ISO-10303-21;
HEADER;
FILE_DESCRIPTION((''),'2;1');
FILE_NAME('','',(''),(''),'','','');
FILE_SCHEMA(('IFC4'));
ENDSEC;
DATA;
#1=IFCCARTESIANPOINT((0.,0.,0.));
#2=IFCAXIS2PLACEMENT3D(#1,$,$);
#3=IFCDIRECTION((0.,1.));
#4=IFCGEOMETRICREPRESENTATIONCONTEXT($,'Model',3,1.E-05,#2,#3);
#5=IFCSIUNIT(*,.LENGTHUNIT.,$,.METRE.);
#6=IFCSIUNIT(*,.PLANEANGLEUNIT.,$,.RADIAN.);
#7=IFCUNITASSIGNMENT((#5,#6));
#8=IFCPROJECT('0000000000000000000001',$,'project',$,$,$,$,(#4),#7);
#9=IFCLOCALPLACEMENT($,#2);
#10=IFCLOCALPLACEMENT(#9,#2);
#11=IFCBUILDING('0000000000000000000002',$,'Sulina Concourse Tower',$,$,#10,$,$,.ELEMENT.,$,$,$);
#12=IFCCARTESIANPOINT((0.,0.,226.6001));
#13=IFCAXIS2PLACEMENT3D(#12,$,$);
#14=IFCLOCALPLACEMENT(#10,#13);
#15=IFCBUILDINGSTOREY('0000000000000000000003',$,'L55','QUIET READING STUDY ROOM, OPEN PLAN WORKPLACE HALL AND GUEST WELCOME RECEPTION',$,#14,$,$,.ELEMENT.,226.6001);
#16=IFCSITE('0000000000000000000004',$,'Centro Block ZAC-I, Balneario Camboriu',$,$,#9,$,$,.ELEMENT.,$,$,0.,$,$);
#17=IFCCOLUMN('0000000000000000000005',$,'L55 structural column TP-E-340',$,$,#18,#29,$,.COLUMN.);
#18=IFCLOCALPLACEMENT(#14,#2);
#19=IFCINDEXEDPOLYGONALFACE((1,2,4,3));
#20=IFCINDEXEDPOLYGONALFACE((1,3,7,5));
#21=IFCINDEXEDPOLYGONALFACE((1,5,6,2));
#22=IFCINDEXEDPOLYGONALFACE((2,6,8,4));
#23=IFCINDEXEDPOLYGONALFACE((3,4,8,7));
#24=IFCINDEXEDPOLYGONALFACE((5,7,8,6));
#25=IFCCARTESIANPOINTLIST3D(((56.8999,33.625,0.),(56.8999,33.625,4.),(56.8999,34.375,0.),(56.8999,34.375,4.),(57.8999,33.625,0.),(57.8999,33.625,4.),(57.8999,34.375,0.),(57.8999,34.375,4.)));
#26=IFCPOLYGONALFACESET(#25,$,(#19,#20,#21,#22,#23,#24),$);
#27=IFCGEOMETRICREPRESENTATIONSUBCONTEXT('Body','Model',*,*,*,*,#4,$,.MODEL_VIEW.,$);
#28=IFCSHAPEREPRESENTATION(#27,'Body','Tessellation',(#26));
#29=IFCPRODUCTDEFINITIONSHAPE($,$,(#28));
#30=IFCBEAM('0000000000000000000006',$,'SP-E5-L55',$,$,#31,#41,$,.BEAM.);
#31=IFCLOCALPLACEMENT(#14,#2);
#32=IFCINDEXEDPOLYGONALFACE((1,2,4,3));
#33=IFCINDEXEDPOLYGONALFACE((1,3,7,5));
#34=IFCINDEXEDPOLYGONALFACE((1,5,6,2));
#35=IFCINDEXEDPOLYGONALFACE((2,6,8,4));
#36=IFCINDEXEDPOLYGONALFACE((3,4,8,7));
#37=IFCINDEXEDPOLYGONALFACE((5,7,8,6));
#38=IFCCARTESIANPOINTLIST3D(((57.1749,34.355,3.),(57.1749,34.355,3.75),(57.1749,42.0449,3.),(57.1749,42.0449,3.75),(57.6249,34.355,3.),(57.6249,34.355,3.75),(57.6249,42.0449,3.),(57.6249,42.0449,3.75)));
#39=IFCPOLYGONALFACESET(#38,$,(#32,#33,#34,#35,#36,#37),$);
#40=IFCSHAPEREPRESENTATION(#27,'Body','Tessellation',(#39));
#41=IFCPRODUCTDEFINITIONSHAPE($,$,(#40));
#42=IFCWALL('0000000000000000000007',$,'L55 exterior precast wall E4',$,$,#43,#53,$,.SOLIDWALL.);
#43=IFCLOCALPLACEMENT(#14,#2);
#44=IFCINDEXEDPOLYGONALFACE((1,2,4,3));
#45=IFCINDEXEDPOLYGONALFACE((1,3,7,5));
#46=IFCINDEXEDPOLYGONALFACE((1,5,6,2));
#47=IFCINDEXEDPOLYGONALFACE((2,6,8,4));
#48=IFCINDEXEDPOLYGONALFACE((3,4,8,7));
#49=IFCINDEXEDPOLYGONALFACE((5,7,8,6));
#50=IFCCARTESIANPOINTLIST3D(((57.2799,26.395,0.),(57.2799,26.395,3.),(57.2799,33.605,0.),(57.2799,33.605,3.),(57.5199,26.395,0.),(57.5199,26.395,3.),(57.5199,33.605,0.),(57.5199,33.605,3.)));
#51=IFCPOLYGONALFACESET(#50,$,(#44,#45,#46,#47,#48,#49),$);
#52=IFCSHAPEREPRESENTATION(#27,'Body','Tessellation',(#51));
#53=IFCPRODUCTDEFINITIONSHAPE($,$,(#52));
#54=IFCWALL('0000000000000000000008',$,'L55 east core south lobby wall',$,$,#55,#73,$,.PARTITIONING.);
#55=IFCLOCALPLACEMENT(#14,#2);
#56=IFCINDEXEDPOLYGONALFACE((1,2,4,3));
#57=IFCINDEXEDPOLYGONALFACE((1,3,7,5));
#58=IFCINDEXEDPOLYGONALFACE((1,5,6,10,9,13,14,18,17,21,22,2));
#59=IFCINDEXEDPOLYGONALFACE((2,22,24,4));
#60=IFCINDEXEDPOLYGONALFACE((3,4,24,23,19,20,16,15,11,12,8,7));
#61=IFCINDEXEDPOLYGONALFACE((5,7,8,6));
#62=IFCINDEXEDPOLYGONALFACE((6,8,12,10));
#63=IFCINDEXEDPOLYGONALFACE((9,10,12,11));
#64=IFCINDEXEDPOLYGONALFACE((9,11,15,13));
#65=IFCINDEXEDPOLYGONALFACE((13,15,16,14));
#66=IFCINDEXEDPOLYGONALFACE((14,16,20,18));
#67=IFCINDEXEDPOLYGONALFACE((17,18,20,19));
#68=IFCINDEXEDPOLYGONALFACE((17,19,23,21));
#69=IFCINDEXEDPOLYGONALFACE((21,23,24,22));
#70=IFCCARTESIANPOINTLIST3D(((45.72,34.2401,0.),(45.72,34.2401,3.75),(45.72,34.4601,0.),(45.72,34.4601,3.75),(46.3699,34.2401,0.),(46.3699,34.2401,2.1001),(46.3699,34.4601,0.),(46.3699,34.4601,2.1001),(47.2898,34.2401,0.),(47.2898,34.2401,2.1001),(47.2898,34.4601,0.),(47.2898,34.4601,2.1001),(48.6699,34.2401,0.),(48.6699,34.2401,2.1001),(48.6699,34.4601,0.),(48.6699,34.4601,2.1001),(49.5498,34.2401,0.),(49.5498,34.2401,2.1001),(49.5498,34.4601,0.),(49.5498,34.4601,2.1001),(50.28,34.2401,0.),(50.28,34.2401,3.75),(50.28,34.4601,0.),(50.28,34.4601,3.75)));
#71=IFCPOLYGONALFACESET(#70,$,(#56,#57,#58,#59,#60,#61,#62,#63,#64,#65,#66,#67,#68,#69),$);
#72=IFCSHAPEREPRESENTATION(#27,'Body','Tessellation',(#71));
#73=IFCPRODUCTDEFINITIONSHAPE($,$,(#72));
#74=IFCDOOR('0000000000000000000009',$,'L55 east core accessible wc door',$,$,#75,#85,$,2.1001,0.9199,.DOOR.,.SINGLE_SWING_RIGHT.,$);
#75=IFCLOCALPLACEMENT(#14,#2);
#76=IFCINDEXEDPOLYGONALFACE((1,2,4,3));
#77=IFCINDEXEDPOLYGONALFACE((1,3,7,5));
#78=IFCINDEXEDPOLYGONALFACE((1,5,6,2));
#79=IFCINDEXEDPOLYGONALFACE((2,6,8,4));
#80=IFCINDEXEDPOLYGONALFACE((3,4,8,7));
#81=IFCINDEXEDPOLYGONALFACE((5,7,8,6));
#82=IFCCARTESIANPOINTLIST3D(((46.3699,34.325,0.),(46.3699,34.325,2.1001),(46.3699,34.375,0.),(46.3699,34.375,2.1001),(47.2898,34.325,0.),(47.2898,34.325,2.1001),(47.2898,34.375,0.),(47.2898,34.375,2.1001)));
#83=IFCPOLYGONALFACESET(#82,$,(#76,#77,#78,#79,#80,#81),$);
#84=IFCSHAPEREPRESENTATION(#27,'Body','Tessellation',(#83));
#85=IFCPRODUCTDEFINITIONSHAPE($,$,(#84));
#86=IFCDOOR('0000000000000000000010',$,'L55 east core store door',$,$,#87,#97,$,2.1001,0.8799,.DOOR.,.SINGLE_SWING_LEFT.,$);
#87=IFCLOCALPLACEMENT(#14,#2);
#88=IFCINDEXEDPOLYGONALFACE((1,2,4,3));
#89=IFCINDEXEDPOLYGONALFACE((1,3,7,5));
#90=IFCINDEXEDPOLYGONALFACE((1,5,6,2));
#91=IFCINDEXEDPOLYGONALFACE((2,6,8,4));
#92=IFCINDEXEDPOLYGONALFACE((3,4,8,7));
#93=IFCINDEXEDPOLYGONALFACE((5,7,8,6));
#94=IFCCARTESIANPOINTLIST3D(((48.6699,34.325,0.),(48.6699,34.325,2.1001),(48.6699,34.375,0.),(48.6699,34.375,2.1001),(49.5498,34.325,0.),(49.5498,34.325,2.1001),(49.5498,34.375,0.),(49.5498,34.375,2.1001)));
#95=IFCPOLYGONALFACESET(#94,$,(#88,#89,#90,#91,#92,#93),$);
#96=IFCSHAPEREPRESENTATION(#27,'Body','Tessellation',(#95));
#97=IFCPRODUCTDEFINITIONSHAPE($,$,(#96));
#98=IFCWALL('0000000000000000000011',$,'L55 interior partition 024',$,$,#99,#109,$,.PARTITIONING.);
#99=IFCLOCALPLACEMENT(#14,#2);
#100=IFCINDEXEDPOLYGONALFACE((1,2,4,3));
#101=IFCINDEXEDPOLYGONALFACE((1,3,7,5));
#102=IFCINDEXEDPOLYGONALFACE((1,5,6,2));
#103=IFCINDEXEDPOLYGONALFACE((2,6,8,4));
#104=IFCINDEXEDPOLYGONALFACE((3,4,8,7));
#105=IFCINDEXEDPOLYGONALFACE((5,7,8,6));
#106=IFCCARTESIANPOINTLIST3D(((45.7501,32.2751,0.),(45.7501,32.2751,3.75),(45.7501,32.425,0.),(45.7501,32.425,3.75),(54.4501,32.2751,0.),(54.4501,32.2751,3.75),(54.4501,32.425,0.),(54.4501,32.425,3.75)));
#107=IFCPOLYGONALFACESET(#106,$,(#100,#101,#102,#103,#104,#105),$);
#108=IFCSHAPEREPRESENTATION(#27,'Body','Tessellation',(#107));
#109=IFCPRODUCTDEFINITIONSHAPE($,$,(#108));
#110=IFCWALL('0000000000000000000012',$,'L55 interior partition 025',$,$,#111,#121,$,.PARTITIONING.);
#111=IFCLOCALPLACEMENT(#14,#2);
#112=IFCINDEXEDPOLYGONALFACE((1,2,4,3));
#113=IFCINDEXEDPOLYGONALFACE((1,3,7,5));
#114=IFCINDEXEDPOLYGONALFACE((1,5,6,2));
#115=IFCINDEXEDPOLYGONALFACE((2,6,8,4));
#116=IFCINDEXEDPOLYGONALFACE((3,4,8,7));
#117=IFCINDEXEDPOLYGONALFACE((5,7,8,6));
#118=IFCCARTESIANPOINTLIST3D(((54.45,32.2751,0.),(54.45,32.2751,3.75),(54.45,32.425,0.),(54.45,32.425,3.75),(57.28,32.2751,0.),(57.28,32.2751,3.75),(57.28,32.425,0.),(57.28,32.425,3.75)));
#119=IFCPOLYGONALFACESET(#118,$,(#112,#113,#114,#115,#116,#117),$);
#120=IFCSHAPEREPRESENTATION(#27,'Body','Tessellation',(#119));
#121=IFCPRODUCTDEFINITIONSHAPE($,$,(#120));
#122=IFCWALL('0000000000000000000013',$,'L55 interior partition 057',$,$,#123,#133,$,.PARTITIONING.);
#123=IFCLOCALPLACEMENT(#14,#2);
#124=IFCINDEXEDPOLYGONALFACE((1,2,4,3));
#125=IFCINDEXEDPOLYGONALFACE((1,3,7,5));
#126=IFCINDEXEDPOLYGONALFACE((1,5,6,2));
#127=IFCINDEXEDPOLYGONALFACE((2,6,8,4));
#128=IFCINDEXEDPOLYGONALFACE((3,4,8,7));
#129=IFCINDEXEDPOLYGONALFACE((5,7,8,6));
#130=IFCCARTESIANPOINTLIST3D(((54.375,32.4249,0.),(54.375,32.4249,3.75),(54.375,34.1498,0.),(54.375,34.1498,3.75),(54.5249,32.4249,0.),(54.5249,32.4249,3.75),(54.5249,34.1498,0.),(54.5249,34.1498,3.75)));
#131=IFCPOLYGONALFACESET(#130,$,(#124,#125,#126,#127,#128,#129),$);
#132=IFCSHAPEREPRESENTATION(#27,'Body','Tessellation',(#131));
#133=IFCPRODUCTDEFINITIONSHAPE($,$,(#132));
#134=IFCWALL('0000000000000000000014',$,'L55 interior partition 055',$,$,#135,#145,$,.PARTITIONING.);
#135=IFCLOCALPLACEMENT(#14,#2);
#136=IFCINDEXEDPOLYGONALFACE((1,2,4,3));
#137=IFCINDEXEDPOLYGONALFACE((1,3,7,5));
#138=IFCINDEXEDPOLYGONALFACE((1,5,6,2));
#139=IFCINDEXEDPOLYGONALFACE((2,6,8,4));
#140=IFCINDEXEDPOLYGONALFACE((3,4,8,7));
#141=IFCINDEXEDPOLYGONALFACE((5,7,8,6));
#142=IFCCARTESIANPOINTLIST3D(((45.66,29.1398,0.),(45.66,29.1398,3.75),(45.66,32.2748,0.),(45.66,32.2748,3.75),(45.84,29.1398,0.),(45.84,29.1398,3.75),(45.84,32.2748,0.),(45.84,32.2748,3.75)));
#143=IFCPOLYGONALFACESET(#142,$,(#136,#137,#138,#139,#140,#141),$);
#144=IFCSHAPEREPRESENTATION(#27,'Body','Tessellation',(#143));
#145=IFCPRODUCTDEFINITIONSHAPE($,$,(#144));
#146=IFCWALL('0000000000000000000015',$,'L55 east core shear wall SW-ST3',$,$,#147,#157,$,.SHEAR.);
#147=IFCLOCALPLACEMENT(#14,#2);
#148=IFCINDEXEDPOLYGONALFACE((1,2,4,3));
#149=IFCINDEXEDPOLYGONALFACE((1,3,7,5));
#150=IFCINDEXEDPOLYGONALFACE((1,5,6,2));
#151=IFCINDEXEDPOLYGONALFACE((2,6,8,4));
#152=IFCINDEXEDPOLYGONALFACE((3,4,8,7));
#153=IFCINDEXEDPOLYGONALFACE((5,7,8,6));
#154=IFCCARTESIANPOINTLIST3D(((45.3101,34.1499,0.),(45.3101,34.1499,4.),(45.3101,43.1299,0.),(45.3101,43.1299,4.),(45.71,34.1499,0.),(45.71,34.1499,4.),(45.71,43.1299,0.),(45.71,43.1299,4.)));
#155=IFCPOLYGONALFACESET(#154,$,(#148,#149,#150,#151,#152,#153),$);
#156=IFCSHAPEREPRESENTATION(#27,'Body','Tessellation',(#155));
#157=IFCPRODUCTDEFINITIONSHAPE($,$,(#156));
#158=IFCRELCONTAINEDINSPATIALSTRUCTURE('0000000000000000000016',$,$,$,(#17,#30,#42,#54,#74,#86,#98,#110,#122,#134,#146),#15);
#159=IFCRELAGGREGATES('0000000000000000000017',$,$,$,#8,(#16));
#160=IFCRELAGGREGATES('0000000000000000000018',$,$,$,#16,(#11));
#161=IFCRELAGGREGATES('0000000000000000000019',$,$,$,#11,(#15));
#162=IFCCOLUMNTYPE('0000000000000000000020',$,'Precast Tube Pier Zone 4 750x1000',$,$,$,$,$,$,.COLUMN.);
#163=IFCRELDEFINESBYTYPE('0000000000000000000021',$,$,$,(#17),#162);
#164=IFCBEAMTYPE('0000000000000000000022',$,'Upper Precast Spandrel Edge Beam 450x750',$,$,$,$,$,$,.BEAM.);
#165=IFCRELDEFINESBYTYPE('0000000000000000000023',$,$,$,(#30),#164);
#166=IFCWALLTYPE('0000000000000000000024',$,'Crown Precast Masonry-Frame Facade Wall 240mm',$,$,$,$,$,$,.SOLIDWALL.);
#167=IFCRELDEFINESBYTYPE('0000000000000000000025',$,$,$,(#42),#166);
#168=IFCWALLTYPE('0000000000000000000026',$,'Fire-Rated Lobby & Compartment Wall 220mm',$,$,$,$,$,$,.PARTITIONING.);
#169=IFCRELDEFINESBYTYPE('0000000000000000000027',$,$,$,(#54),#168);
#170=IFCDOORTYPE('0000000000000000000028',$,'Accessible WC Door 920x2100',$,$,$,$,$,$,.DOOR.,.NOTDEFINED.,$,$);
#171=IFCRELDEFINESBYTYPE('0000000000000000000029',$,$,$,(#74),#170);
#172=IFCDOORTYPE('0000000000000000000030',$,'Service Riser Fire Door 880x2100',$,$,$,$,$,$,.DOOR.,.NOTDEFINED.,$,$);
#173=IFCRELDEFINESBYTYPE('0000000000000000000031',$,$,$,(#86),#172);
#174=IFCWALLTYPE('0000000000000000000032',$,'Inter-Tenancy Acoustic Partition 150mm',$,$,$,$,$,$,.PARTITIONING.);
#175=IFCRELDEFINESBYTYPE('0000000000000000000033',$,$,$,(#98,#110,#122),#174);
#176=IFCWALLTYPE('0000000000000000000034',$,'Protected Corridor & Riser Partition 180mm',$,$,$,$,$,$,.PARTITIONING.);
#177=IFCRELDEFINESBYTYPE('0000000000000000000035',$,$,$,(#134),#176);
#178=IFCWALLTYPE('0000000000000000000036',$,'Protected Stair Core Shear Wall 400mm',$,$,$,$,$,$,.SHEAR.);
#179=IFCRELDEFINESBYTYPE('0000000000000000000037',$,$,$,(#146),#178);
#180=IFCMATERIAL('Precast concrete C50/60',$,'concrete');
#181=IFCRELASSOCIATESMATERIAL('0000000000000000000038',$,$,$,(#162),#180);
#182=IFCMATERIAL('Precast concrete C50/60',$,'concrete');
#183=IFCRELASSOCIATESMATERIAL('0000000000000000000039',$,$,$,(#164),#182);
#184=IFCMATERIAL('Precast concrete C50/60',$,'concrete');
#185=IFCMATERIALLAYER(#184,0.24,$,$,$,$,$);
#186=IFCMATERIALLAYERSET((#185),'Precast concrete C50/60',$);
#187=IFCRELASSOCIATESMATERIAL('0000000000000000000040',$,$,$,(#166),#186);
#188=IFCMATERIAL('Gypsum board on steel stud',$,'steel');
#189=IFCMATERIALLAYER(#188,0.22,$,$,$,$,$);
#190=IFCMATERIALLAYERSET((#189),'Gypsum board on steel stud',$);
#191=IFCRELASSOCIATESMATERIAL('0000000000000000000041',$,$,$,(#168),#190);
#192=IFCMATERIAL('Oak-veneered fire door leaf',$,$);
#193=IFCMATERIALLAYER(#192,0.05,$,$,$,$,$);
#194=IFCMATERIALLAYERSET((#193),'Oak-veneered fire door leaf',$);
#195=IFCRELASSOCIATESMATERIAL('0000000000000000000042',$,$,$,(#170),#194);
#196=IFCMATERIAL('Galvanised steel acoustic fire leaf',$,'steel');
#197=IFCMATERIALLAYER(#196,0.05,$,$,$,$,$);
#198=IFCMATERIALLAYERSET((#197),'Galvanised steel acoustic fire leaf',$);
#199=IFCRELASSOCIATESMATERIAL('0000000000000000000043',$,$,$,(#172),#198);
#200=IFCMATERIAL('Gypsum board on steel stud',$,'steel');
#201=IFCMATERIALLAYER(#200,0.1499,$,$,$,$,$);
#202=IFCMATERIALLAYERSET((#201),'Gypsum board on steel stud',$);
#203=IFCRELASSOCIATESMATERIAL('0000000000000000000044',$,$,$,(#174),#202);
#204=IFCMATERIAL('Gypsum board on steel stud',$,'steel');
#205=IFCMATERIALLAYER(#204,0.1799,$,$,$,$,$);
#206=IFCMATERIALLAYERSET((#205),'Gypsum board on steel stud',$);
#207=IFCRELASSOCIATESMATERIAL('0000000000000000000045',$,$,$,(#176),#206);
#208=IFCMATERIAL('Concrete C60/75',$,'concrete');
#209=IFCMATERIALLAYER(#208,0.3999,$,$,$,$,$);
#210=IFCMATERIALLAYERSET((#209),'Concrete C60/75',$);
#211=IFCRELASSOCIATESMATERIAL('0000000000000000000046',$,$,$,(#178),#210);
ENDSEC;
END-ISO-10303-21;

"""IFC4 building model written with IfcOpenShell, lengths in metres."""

from ifc_helpers import new_model, si_unit, direction, frame, frame_2d, origin, origin_2d, place, context, subcontext, project, spatial, rectangle, extrude, material, layer, layer_set, material_profile, profile_set, type_object, element, fill, save


model = new_model("IFC4")

# Units and contexts
model_context = context("Model", 3, precision=1e-05, world=origin(), true_north=direction((0.0, 1.0)))
body_context = subcontext(model_context, "Body", "Model", "MODEL_VIEW")
ifc_project = project(units=[si_unit("LENGTHUNIT", "METRE"), si_unit("PLANEANGLEUNIT", "RADIAN")], contexts=[model_context])

# Site, building, storey
site_placement = place(None, origin())
site = spatial("IfcSite", under=ifc_project, at=site_placement, Name="Centro Block ZAC-I, Balneario Camboriu", CompositionType="ELEMENT", RefElevation=0.0)
building_placement = place(site_placement, origin())
building = spatial("IfcBuilding", under=site, at=building_placement, Name="Sulina Concourse Tower", CompositionType="ELEMENT")
storey_placement = place(building_placement, frame((0.0, 0.0, 226.6001)))
storey = spatial("IfcBuildingStorey", under=building, at=storey_placement, Name="L55", Description="QUIET READING STUDY ROOM, OPEN PLAN WORKPLACE HALL AND GUEST WELCOME RECEPTION", CompositionType="ELEMENT", Elevation=226.6001)

# Column
ifc_material_1 = material(Name="Precast concrete C50/60", Category="concrete")
ifc_material_profile_1 = material_profile(ifc_material_1, rectangle(XDim=0.75, YDim=1.0, at=origin_2d()), Name="PC 750x1000")
ifc_profile_set_1 = profile_set([ifc_material_profile_1], Name="Precast concrete C50/60")
column_type = type_object("IfcColumnType", Name="Precast Tube Pier Zone 4 750x1000", PredefinedType="COLUMN", material=ifc_profile_set_1)
column_placement = place(storey_placement, frame((57.3999, 34.0, 0.0), z_axis=(0.0, 0.0, 1.0), x_axis=(0.0, 1.0, 0.0)))
element("IfcColumn", 1, at=column_placement, inside=storey, type_object=column_type, Name="L55 structural column TP-E-340", PredefinedType="COLUMN", context=body_context, shape_type="SweptSolid", body=[
    extrude(rectangle(XDim=0.75, YDim=1.0, at=origin_2d()), origin(), (0.0, 0.0, 1.0), 4.0),
])

# Beam
ifc_material_2 = material(Name="Precast concrete C50/60", Category="concrete")
ifc_material_profile_2 = material_profile(ifc_material_2, rectangle(XDim=0.45, YDim=0.75, at=origin_2d()), Name="RC 450x750")
ifc_profile_set_2 = profile_set([ifc_material_profile_2], Name="Precast concrete C50/60")
beam_type = type_object("IfcBeamType", Name="Upper Precast Spandrel Edge Beam 450x750", PredefinedType="BEAM", material=ifc_profile_set_2)
beam_placement = place(storey_placement, frame((57.3999, 34.355, 3.375), z_axis=(0.0, 1.0, 0.0), x_axis=(-1.0, 0.0, 0.0)))
element("IfcBeam", 2, at=beam_placement, inside=storey, type_object=beam_type, Name="SP-E5-L55", PredefinedType="BEAM", context=body_context, shape_type="SweptSolid", body=[
    extrude(rectangle(XDim=0.45, YDim=0.75, at=origin_2d()), origin(), (0.0, 0.0, 1.0), 7.6899),
])

# Wall
ifc_material_3 = material(Name="Precast concrete C50/60", Category="concrete")
ifc_layer_1 = layer(ifc_material_3, 0.24)
ifc_layer_set_1 = layer_set([ifc_layer_1], Name="Precast concrete C50/60")
wall_type_1 = type_object("IfcWallType", Name="Crown Precast Masonry-Frame Facade Wall 240mm", PredefinedType="SOLIDWALL", material=ifc_layer_set_1)
wall_1_placement = place(storey_placement, frame((57.3999, 33.605, 0.0), z_axis=(0.0, 0.0, 1.0), x_axis=(0.0, -1.0, 0.0)))
element("IfcWall", 3, at=wall_1_placement, inside=storey, type_object=wall_type_1, Name="L55 exterior precast wall E4", PredefinedType="SOLIDWALL", context=body_context, shape_type="SweptSolid", body=[
    extrude(rectangle(XDim=7.21, YDim=0.24, at=frame_2d((3.605, 0.0))), origin(), (0.0, 0.0, 1.0), 3.0),
])

# Wall, openings, doors
ifc_material_4 = material(Name="Gypsum board on steel stud", Category="steel")
ifc_layer_2 = layer(ifc_material_4, 0.22)
ifc_layer_set_2 = layer_set([ifc_layer_2], Name="Gypsum board on steel stud")
wall_type_2 = type_object("IfcWallType", Name="Fire-Rated Lobby & Compartment Wall 220mm", PredefinedType="PARTITIONING", material=ifc_layer_set_2)
wall_2_placement = place(storey_placement, frame((45.72, 34.3501, 0.0), z_axis=(0.0, 0.0, 1.0), x_axis=(1.0, 0.0, 0.0)))
wall_2 = element("IfcWall", 4, at=wall_2_placement, inside=storey, type_object=wall_type_2, Name="L55 east core south lobby wall", PredefinedType="PARTITIONING", context=body_context, shape_type="SweptSolid", body=[
    extrude(rectangle(XDim=4.5601, YDim=0.22, at=frame_2d((2.28, 0.0))), origin(), (0.0, 0.0, 1.0), 3.75),
])
opening_1_placement = place(wall_2_placement, frame((0.6499, 0.0, 0.0)))
opening_1 = element("IfcOpeningElement", 5, at=opening_1_placement, cuts=wall_2, PredefinedType="OPENING", context=body_context, shape_type="SweptSolid", body=[
    extrude(rectangle(XDim=0.9199, YDim=2.1001, at=frame_2d((0.46, 1.05))), frame((0.0, 0.1199, 0.0), z_axis=(0.0, -1.0, 0.0), x_axis=(1.0, 0.0, 0.0)), (0.0, 0.0, 1.0), 0.24),
])
opening_2_placement = place(wall_2_placement, frame((2.95, 0.0, 0.0)))
opening_2 = element("IfcOpeningElement", 6, at=opening_2_placement, cuts=wall_2, PredefinedType="OPENING", context=body_context, shape_type="SweptSolid", body=[
    extrude(rectangle(XDim=0.8799, YDim=2.1001, at=frame_2d((0.4399, 1.05))), frame((0.0, 0.1199, 0.0), z_axis=(0.0, -1.0, 0.0), x_axis=(1.0, 0.0, 0.0)), (0.0, 0.0, 1.0), 0.24),
])
ifc_material_5 = material(Name="Oak-veneered fire door leaf")
ifc_layer_3 = layer(ifc_material_5, 0.05)
ifc_layer_set_3 = layer_set([ifc_layer_3], Name="Oak-veneered fire door leaf")
door_type_1 = type_object("IfcDoorType", Name="Accessible WC Door 920x2100", OperationType="NOTDEFINED", PredefinedType="DOOR", material=ifc_layer_set_3)
door_1_placement = place(opening_1_placement, origin())
door_1 = element("IfcDoor", 7, at=door_1_placement, inside=storey, type_object=door_type_1, Name="L55 east core accessible wc door", OperationType="SINGLE_SWING_RIGHT", OverallHeight=2.1001, OverallWidth=0.9199, PredefinedType="DOOR", context=body_context, shape_type="SweptSolid", body=[
    extrude(rectangle(XDim=0.9199, YDim=2.1001, at=frame_2d((0.46, 1.05))), frame((0.0, 0.0249, 0.0), z_axis=(0.0, -1.0, 0.0), x_axis=(1.0, 0.0, 0.0)), (0.0, 0.0, 1.0), 0.05),
])
fill(opening_1, door_1)
ifc_material_6 = material(Name="Galvanised steel acoustic fire leaf", Category="steel")
ifc_layer_4 = layer(ifc_material_6, 0.05)
ifc_layer_set_4 = layer_set([ifc_layer_4], Name="Galvanised steel acoustic fire leaf")
door_type_2 = type_object("IfcDoorType", Name="Service Riser Fire Door 880x2100", OperationType="NOTDEFINED", PredefinedType="DOOR", material=ifc_layer_set_4)
door_2_placement = place(opening_2_placement, origin())
door_2 = element("IfcDoor", 8, at=door_2_placement, inside=storey, type_object=door_type_2, Name="L55 east core store door", OperationType="SINGLE_SWING_LEFT", OverallHeight=2.1001, OverallWidth=0.8799, PredefinedType="DOOR", context=body_context, shape_type="SweptSolid", body=[
    extrude(rectangle(XDim=0.8799, YDim=2.1001, at=frame_2d((0.4399, 1.05))), frame((0.0, 0.0249, 0.0), z_axis=(0.0, -1.0, 0.0), x_axis=(1.0, 0.0, 0.0)), (0.0, 0.0, 1.0), 0.05),
])
fill(opening_2, door_2)

# Walls
ifc_material_7 = material(Name="Gypsum board on steel stud", Category="steel")
ifc_layer_5 = layer(ifc_material_7, 0.1499)
ifc_layer_set_5 = layer_set([ifc_layer_5], Name="Gypsum board on steel stud")
wall_type_3 = type_object("IfcWallType", Name="Inter-Tenancy Acoustic Partition 150mm", PredefinedType="PARTITIONING", material=ifc_layer_set_5)
wall_3_placement = place(storey_placement, frame((45.75, 32.3501, 0.0), z_axis=(0.0, 0.0, 1.0), x_axis=(1.0, 0.0, 0.0)))
element("IfcWall", 9, at=wall_3_placement, inside=storey, type_object=wall_type_3, Name="L55 interior partition 024", PredefinedType="PARTITIONING", context=body_context, shape_type="SweptSolid", body=[
    extrude(rectangle(XDim=8.7, YDim=0.1499, at=frame_2d((4.3501, 0.0))), origin(), (0.0, 0.0, 1.0), 3.75),
])
wall_4_placement = place(storey_placement, frame((54.45, 32.3501, 0.0), z_axis=(0.0, 0.0, 1.0), x_axis=(1.0, 0.0, 0.0)))
element("IfcWall", 10, at=wall_4_placement, inside=storey, type_object=wall_type_3, Name="L55 interior partition 025", PredefinedType="PARTITIONING", context=body_context, shape_type="SweptSolid", body=[
    extrude(rectangle(XDim=2.8301, YDim=0.1499, at=frame_2d((1.415, 0.0))), origin(), (0.0, 0.0, 1.0), 3.75),
])
wall_5_placement = place(storey_placement, frame((54.45, 32.425, 0.0), z_axis=(0.0, 0.0, 1.0), x_axis=(0.0, 1.0, 0.0)))
element("IfcWall", 11, at=wall_5_placement, inside=storey, type_object=wall_type_3, Name="L55 interior partition 057", PredefinedType="PARTITIONING", context=body_context, shape_type="SweptSolid", body=[
    extrude(rectangle(XDim=1.7249, YDim=0.1499, at=frame_2d((0.8623, 0.0))), origin(), (0.0, 0.0, 1.0), 3.75),
])
ifc_material_8 = material(Name="Gypsum board on steel stud", Category="steel")
ifc_layer_6 = layer(ifc_material_8, 0.1799)
ifc_layer_set_6 = layer_set([ifc_layer_6], Name="Gypsum board on steel stud")
wall_type_4 = type_object("IfcWallType", Name="Protected Corridor & Riser Partition 180mm", PredefinedType="PARTITIONING", material=ifc_layer_set_6)
wall_6_placement = place(storey_placement, frame((45.75, 29.1399, 0.0), z_axis=(0.0, 0.0, 1.0), x_axis=(0.0, 1.0, 0.0)))
element("IfcWall", 12, at=wall_6_placement, inside=storey, type_object=wall_type_4, Name="L55 interior partition 055", PredefinedType="PARTITIONING", context=body_context, shape_type="SweptSolid", body=[
    extrude(rectangle(XDim=3.135, YDim=0.1799, at=frame_2d((1.5674, 0.0))), origin(), (0.0, 0.0, 1.0), 3.75),
])
ifc_material_9 = material(Name="Concrete C60/75", Category="concrete")
ifc_layer_7 = layer(ifc_material_9, 0.3999)
ifc_layer_set_7 = layer_set([ifc_layer_7], Name="Concrete C60/75")
wall_type_5 = type_object("IfcWallType", Name="Protected Stair Core Shear Wall 400mm", PredefinedType="SHEAR", material=ifc_layer_set_7)
wall_7_placement = place(storey_placement, frame((45.51, 34.1499, 0.0), z_axis=(0.0, 0.0, 1.0), x_axis=(0.0, 1.0, 0.0)))
element("IfcWall", 13, at=wall_7_placement, inside=storey, type_object=wall_type_5, Name="L55 east core shear wall SW-ST3", PredefinedType="SHEAR", context=body_context, shape_type="SweptSolid", body=[
    extrude(rectangle(XDim=8.98, YDim=0.3999, at=frame_2d((4.49, 0.0))), origin(), (0.0, 0.0, 1.0), 4.0),
])

save(model, "model.ifc")
